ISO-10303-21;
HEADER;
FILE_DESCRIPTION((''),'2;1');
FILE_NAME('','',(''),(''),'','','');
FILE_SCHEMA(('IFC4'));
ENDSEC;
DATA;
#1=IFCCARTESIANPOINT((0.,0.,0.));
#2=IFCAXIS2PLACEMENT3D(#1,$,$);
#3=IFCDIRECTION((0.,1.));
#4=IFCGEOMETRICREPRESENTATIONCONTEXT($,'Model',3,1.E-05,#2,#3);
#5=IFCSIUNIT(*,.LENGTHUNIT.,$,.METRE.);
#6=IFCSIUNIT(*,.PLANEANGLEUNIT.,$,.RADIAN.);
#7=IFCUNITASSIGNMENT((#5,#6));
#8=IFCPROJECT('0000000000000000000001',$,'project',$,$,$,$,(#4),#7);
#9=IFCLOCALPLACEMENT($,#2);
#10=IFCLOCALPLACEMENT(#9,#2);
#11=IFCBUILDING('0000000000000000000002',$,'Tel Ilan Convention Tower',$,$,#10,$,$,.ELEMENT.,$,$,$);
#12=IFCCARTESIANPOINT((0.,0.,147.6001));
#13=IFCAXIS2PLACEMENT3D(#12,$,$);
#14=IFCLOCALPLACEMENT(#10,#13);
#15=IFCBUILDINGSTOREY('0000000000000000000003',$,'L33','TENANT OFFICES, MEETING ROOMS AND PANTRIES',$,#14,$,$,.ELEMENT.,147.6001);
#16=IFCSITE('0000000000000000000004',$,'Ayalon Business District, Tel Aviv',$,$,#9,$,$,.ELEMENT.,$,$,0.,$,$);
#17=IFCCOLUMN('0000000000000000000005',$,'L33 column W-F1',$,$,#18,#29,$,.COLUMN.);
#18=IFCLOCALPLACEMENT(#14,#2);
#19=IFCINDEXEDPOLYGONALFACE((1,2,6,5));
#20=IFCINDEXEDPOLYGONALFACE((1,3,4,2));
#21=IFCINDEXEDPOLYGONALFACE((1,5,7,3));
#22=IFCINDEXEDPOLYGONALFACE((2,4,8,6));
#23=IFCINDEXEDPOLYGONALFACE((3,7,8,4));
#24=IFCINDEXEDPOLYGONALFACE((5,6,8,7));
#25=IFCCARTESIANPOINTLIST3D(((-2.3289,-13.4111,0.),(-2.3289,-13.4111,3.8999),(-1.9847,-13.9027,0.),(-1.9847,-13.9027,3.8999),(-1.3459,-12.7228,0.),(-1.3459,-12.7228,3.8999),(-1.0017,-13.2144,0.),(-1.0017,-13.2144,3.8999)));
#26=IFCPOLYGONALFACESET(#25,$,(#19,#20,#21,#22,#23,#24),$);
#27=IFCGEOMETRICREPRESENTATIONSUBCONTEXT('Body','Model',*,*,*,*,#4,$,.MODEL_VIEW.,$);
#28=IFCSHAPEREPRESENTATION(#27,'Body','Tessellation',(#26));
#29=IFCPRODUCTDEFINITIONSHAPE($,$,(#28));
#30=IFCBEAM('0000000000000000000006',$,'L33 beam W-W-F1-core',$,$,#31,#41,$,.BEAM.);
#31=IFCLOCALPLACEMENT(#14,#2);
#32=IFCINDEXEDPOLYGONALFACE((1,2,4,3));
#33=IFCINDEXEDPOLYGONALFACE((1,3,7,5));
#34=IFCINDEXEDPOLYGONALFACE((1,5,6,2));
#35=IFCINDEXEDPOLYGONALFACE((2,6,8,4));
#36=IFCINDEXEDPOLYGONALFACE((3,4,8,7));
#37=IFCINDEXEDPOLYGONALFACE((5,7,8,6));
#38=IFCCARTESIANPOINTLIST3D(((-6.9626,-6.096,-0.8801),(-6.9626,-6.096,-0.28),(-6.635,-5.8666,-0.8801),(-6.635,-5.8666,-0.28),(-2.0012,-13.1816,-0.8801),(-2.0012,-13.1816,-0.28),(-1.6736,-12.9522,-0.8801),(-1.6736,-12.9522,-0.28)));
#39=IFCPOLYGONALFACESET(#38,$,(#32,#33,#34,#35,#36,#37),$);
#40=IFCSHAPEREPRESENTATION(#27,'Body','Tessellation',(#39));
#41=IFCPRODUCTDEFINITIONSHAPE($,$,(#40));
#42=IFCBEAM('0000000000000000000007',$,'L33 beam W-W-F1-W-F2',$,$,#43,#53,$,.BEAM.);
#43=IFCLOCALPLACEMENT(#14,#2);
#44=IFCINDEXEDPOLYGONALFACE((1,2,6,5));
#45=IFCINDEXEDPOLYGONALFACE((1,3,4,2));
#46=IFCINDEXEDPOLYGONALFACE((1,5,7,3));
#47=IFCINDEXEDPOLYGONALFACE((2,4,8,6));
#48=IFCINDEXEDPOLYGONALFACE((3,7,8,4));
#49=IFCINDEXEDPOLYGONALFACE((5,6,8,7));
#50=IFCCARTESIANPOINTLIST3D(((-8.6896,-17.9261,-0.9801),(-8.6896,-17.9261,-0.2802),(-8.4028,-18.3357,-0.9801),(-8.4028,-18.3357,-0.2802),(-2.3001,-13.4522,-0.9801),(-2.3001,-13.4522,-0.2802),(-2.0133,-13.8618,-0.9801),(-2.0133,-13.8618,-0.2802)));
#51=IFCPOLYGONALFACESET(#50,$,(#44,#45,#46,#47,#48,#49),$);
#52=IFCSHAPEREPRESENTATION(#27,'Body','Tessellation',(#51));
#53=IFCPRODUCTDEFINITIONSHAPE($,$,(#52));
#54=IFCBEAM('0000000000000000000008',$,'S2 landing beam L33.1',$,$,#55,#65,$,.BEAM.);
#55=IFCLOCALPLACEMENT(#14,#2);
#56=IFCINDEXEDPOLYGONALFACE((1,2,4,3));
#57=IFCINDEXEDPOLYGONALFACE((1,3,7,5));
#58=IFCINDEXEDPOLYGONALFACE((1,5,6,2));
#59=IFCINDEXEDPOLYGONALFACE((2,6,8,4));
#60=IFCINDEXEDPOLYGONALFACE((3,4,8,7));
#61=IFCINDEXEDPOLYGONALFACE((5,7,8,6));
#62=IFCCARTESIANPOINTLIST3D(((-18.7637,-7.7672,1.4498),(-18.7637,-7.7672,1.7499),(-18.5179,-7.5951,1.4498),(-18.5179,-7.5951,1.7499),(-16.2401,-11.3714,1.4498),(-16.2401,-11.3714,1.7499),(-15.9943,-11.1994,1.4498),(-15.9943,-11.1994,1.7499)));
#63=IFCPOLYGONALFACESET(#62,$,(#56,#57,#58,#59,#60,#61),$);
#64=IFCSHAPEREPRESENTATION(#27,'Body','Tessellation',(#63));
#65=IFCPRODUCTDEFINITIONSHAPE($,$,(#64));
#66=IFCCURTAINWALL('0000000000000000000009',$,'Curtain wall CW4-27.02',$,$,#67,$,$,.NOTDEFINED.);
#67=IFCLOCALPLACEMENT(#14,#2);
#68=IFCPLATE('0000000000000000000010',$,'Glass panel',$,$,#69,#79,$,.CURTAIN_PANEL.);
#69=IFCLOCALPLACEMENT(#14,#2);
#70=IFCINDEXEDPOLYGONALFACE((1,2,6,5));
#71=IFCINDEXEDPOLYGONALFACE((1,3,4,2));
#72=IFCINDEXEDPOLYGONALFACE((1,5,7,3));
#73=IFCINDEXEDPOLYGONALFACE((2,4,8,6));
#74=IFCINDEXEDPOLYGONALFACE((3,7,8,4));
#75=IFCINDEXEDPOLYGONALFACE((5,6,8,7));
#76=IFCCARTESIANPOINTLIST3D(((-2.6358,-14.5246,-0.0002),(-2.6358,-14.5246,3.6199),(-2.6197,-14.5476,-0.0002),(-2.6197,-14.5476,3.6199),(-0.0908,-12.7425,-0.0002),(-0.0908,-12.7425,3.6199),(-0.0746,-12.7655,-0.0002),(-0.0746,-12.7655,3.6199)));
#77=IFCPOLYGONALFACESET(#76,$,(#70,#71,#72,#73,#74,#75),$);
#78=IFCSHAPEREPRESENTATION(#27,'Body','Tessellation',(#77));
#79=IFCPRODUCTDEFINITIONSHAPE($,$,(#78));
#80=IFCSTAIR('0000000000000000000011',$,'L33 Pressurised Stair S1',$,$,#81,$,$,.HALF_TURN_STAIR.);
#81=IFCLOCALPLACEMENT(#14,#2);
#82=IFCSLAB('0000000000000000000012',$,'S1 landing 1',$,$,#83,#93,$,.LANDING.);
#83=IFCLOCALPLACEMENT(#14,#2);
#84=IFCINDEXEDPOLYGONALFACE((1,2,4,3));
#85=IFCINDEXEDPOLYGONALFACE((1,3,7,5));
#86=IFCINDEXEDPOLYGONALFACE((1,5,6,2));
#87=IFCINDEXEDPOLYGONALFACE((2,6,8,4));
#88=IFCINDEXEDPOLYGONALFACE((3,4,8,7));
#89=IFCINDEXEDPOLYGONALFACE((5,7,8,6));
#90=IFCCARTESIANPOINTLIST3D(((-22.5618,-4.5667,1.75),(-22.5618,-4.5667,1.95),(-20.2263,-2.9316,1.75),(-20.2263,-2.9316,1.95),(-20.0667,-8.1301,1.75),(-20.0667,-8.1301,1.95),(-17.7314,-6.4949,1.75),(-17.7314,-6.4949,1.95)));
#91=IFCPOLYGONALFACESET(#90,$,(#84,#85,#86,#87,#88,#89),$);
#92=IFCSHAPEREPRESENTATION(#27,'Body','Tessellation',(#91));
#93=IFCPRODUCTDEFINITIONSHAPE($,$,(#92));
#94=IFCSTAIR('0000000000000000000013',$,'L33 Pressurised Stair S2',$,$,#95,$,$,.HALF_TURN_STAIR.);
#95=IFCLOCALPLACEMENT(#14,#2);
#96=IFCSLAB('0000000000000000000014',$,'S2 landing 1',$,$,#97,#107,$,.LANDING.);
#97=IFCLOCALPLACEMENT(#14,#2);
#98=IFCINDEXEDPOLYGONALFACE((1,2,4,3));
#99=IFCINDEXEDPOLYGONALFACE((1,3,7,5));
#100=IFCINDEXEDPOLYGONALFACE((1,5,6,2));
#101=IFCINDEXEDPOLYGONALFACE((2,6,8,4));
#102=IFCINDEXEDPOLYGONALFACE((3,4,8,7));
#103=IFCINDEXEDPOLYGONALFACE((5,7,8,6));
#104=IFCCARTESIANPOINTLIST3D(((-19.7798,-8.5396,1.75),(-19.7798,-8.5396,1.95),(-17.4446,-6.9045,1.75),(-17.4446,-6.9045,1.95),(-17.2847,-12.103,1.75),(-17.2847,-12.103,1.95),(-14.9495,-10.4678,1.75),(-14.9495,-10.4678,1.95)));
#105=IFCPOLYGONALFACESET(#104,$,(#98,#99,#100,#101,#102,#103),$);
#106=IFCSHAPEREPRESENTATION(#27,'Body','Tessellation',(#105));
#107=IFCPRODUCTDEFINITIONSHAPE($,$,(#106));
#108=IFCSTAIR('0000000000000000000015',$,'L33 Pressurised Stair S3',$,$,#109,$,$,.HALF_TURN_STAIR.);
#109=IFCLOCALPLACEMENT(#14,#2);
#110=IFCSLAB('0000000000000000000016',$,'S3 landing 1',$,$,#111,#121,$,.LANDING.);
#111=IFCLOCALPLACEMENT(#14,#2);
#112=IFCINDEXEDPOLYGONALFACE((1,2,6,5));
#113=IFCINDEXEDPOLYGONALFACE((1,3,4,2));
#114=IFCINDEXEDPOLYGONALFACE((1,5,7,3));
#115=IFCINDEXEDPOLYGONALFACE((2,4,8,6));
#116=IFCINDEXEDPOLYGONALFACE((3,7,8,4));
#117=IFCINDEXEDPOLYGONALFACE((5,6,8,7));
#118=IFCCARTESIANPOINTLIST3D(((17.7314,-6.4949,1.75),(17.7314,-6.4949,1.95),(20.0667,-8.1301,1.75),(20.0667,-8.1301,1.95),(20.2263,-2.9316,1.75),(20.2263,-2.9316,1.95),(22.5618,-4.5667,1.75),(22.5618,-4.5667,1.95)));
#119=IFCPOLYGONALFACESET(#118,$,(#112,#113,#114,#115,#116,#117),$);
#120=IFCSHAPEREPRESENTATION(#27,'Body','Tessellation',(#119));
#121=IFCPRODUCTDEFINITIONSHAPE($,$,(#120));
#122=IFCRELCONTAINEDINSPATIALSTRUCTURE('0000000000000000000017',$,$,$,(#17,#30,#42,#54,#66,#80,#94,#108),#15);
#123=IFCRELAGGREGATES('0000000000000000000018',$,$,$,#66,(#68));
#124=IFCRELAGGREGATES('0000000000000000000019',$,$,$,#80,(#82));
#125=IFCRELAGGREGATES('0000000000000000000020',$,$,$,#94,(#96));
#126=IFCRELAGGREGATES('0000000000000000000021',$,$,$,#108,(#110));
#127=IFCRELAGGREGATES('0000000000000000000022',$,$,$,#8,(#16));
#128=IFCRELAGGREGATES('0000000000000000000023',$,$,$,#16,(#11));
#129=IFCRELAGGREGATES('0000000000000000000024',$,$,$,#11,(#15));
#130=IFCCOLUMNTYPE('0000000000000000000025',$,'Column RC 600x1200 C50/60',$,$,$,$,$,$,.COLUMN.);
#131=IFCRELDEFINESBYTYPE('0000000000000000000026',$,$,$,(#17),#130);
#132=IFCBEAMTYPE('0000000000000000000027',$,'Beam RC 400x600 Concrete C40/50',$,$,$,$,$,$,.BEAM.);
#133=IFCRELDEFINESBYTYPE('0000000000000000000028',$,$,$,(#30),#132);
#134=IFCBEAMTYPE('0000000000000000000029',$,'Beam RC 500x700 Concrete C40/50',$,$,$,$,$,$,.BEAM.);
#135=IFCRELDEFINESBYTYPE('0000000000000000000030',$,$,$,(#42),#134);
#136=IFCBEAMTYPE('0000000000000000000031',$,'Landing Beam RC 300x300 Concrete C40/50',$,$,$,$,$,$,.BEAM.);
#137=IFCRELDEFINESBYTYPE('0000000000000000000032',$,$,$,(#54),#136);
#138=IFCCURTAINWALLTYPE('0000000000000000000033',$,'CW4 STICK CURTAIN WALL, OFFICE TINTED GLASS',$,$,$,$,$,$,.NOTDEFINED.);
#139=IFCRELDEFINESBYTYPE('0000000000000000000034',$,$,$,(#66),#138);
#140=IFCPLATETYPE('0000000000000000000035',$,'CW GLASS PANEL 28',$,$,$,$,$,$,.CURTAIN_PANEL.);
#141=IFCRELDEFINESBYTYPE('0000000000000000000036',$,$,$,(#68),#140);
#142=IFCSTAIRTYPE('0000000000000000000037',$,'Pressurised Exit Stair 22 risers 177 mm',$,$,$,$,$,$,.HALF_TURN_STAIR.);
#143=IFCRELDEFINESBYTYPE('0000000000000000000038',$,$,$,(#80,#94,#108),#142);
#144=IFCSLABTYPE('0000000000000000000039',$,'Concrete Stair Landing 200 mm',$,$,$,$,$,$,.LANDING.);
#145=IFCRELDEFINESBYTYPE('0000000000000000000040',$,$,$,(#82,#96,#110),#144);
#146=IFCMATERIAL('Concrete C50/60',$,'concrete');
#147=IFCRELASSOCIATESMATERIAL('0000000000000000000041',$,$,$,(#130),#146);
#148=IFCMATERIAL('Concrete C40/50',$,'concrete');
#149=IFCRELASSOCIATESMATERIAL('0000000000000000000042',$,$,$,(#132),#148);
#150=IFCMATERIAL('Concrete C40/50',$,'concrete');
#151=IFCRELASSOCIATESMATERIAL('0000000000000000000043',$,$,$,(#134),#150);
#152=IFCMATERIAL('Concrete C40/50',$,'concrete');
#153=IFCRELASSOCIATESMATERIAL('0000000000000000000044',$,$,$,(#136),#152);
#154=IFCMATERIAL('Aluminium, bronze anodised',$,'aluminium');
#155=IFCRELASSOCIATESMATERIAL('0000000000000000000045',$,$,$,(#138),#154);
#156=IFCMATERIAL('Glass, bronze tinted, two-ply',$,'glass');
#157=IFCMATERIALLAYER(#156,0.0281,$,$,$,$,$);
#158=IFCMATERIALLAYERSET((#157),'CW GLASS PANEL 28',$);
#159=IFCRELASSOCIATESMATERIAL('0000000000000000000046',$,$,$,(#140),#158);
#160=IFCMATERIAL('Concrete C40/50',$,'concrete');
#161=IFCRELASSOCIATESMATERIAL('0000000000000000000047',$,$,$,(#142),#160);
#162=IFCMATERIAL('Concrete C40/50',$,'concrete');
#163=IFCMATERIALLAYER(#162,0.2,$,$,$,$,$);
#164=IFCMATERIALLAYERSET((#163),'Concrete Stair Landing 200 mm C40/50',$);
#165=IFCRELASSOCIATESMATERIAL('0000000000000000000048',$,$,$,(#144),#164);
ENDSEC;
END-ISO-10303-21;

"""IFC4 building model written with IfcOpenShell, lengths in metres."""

from ifc_helpers import new_model, si_unit, direction, frame, origin, origin_2d, place, context, subcontext, project, spatial, polyline, rectangle, outline, extrude, material, layer, layer_set, material_profile, profile_set, type_object, element, aggregate, save


model = new_model("IFC4")

# Units and contexts
model_context = context("Model", 3, precision=1e-05, world=origin(), true_north=direction((0.0, 1.0)))
body_context = subcontext(model_context, "Body", "Model", "MODEL_VIEW")
ifc_project = project(units=[si_unit("LENGTHUNIT", "METRE"), si_unit("PLANEANGLEUNIT", "RADIAN")], contexts=[model_context])

# Site, building, storey
site_placement = place(None, origin())
site = spatial("IfcSite", under=ifc_project, at=site_placement, Name="Ayalon Business District, Tel Aviv", CompositionType="ELEMENT", RefElevation=0.0)
building_placement = place(site_placement, origin())
building = spatial("IfcBuilding", under=site, at=building_placement, Name="Tel Ilan Convention Tower", CompositionType="ELEMENT")
storey_placement = place(building_placement, frame((0.0, 0.0, 147.6001)))
storey = spatial("IfcBuildingStorey", under=building, at=storey_placement, Name="L33", Description="TENANT OFFICES, MEETING ROOMS AND PANTRIES", CompositionType="ELEMENT", Elevation=147.6001)

# Column
ifc_material_1 = material(Name="Concrete C50/60", Category="concrete")
ifc_material_profile_1 = material_profile(ifc_material_1, rectangle(XDim=1.2, YDim=0.6001, at=origin_2d()), Name="RC 600x1200")
ifc_profile_set_1 = profile_set([ifc_material_profile_1], Name="Concrete C50/60")
column_type = type_object("IfcColumnType", Name="Column RC 600x1200 C50/60", PredefinedType="COLUMN", material=ifc_profile_set_1)
column_placement = place(storey_placement, frame((-1.6653, -13.3127, 0.0), z_axis=(0.0, 0.0, 1.0), x_axis=(-0.819152, -0.573576, 0.0)))
element("IfcColumn", 1, at=column_placement, inside=storey, type_object=column_type, Name="L33 column W-F1", PredefinedType="COLUMN", context=body_context, shape_type="SweptSolid", body=[
    extrude(rectangle(XDim=1.2, YDim=0.6001, at=origin_2d()), origin(), (0.0, 0.0, 1.0), 3.8999),
])

# Beams
ifc_material_2 = material(Name="Concrete C40/50", Category="concrete")
ifc_material_profile_2 = material_profile(ifc_material_2, rectangle(XDim=0.3999, YDim=0.6001, at=origin_2d()), Name="RC 400x600")
ifc_profile_set_2 = profile_set([ifc_material_profile_2], Name="Concrete C40/50")
beam_type_1 = type_object("IfcBeamType", Name="Beam RC 400x600 Concrete C40/50", PredefinedType="BEAM", material=ifc_profile_set_2)
beam_1_placement = place(storey_placement, frame((-1.8374, -13.0669, -0.5801), z_axis=(-0.573574, 0.819154, 0.0), x_axis=(-0.819154, -0.573574, 0.0)))
element("IfcBeam", 2, at=beam_1_placement, inside=storey, type_object=beam_type_1, Name="L33 beam W-W-F1-core", PredefinedType="BEAM", context=body_context, shape_type="SweptSolid", body=[
    extrude(rectangle(XDim=0.3999, YDim=0.6001, at=origin_2d()), origin(), (0.0, 0.0, 1.0), 8.6499),
])
ifc_material_3 = material(Name="Concrete C40/50", Category="concrete")
ifc_material_profile_3 = material_profile(ifc_material_3, rectangle(XDim=0.5, YDim=0.7, at=origin_2d()), Name="RC 500x700")
ifc_profile_set_3 = profile_set([ifc_material_profile_3], Name="Concrete C40/50")
beam_type_2 = type_object("IfcBeamType", Name="Beam RC 500x700 Concrete C40/50", PredefinedType="BEAM", material=ifc_profile_set_3)
beam_2_placement = place(storey_placement, frame((-2.1567, -13.657, -0.6301), z_axis=(-0.819154, -0.573574, 0.0), x_axis=(0.573574, -0.819154, 0.0)))
element("IfcBeam", 3, at=beam_2_placement, inside=storey, type_object=beam_type_2, Name="L33 beam W-W-F1-W-F2", PredefinedType="BEAM", context=body_context, shape_type="SweptSolid", body=[
    extrude(rectangle(XDim=0.5, YDim=0.7, at=origin_2d()), origin(), (0.0, 0.0, 1.0), 7.8),
])
ifc_material_4 = material(Name="Concrete C40/50", Category="concrete")
ifc_material_profile_4 = material_profile(ifc_material_4, rectangle(XDim=0.3, YDim=0.3, at=origin_2d()), Name="RC 300x300")
ifc_profile_set_4 = profile_set([ifc_material_profile_4], Name="Concrete C40/50")
beam_type_3 = type_object("IfcBeamType", Name="Landing Beam RC 300x300 Concrete C40/50", PredefinedType="BEAM", material=ifc_profile_set_4)
beam_3_placement = place(storey_placement, frame((-16.1172, -11.2854, 1.5999), z_axis=(-0.57357, 0.819156, 0.0), x_axis=(-0.819156, -0.57357, 0.0)))
element("IfcBeam", 4, at=beam_3_placement, inside=storey, type_object=beam_type_3, Name="S2 landing beam L33.1", PredefinedType="BEAM", context=body_context, shape_type="SweptSolid", body=[
    extrude(rectangle(XDim=0.3, YDim=0.3, at=origin_2d()), origin(), (0.0, 0.0, 1.0), 4.3999),
])

# Curtain wall, plate
ifc_material_5 = material(Name="Aluminium, bronze anodised", Category="aluminium")
curtain_wall_type = type_object("IfcCurtainWallType", Name="CW4 STICK CURTAIN WALL, OFFICE TINTED GLASS", PredefinedType="NOTDEFINED", material=ifc_material_5)
curtain_wall_placement = place(storey_placement, origin())
curtain_wall = element("IfcCurtainWall", 5, at=curtain_wall_placement, inside=storey, type_object=curtain_wall_type, Name="Curtain wall CW4-27.02", PredefinedType="NOTDEFINED")
ifc_material_6 = material(Name="Glass, bronze tinted, two-ply", Category="glass")
ifc_layer_1 = layer(ifc_material_6, 0.0281)
ifc_layer_set_1 = layer_set([ifc_layer_1], Name="CW GLASS PANEL 28")
plate_type = type_object("IfcPlateType", Name="CW GLASS PANEL 28", PredefinedType="CURTAIN_PANEL", material=ifc_layer_set_1)
plate_placement = place(storey_placement, frame((-1.3552, -13.645, -0.0002), z_axis=(0.0, 0.0, 1.0), x_axis=(0.819152, 0.573576, 0.0)))
plate = element("IfcPlate", 6, at=plate_placement, type_object=plate_type, Name="Glass panel", PredefinedType="CURTAIN_PANEL", context=body_context, shape_type="SweptSolid", body=[
    extrude(rectangle(XDim=3.1069, YDim=0.0281, at=origin_2d()), origin(), (0.0, 0.0, 1.0), 3.6201),
])
aggregate(curtain_wall, [plate])

# Stairs, slabs
ifc_material_7 = material(Name="Concrete C40/50", Category="concrete")
stair_type = type_object("IfcStairType", Name="Pressurised Exit Stair 22 risers 177 mm", PredefinedType="HALF_TURN_STAIR", material=ifc_material_7)
stair_1_placement = place(storey_placement, origin())
stair_1 = element("IfcStair", 7, at=stair_1_placement, inside=storey, type_object=stair_type, Name="L33 Pressurised Stair S1", PredefinedType="HALF_TURN_STAIR")
ifc_material_8 = material(Name="Concrete C40/50", Category="concrete")
ifc_layer_2 = layer(ifc_material_8, 0.2)
ifc_layer_set_2 = layer_set([ifc_layer_2], Name="Concrete Stair Landing 200 mm C40/50")
slab_type_1 = type_object("IfcSlabType", Name="Concrete Stair Landing 200 mm", PredefinedType="LANDING", material=ifc_layer_set_2)
slab_1_placement = place(storey_placement, frame((0.0, 0.0, 1.75)))
slab_1 = element("IfcSlab", 8, at=slab_1_placement, type_object=slab_type_1, Name="S1 landing 1", PredefinedType="LANDING", context=body_context, shape_type="SweptSolid", body=[
    extrude(outline(polyline([(-20.0667, -8.1301), (-17.7314, -6.4949), (-20.2263, -2.9316), (-22.5618, -4.5667), (-20.0667, -8.1301)])), origin(), (0.0, 0.0, 1.0), 0.2),
])
aggregate(stair_1, [slab_1])
stair_2_placement = place(storey_placement, origin())
stair_2 = element("IfcStair", 9, at=stair_2_placement, inside=storey, type_object=stair_type, Name="L33 Pressurised Stair S2", PredefinedType="HALF_TURN_STAIR")
slab_2_placement = place(storey_placement, frame((0.0, 0.0, 1.75)))
slab_2 = element("IfcSlab", 10, at=slab_2_placement, type_object=slab_type_1, Name="S2 landing 1", PredefinedType="LANDING", context=body_context, shape_type="SweptSolid", body=[
    extrude(outline(polyline([(-17.2847, -12.103), (-14.9495, -10.4678), (-17.4446, -6.9045), (-19.7798, -8.5396), (-17.2847, -12.103)])), origin(), (0.0, 0.0, 1.0), 0.2),
])
aggregate(stair_2, [slab_2])
stair_3_placement = place(storey_placement, origin())
stair_3 = element("IfcStair", 11, at=stair_3_placement, inside=storey, type_object=stair_type, Name="L33 Pressurised Stair S3", PredefinedType="HALF_TURN_STAIR")
slab_3_placement = place(storey_placement, frame((0.0, 0.0, 1.75)))
slab_3 = element("IfcSlab", 12, at=slab_3_placement, type_object=slab_type_1, Name="S3 landing 1", PredefinedType="LANDING", context=body_context, shape_type="SweptSolid", body=[
    extrude(outline(polyline([(22.5618, -4.5667), (20.2263, -2.9316), (17.7314, -6.4949), (20.0667, -8.1301), (22.5618, -4.5667)])), origin(), (0.0, 0.0, 1.0), 0.2),
])
aggregate(stair_3, [slab_3])

save(model, "model.ifc")
